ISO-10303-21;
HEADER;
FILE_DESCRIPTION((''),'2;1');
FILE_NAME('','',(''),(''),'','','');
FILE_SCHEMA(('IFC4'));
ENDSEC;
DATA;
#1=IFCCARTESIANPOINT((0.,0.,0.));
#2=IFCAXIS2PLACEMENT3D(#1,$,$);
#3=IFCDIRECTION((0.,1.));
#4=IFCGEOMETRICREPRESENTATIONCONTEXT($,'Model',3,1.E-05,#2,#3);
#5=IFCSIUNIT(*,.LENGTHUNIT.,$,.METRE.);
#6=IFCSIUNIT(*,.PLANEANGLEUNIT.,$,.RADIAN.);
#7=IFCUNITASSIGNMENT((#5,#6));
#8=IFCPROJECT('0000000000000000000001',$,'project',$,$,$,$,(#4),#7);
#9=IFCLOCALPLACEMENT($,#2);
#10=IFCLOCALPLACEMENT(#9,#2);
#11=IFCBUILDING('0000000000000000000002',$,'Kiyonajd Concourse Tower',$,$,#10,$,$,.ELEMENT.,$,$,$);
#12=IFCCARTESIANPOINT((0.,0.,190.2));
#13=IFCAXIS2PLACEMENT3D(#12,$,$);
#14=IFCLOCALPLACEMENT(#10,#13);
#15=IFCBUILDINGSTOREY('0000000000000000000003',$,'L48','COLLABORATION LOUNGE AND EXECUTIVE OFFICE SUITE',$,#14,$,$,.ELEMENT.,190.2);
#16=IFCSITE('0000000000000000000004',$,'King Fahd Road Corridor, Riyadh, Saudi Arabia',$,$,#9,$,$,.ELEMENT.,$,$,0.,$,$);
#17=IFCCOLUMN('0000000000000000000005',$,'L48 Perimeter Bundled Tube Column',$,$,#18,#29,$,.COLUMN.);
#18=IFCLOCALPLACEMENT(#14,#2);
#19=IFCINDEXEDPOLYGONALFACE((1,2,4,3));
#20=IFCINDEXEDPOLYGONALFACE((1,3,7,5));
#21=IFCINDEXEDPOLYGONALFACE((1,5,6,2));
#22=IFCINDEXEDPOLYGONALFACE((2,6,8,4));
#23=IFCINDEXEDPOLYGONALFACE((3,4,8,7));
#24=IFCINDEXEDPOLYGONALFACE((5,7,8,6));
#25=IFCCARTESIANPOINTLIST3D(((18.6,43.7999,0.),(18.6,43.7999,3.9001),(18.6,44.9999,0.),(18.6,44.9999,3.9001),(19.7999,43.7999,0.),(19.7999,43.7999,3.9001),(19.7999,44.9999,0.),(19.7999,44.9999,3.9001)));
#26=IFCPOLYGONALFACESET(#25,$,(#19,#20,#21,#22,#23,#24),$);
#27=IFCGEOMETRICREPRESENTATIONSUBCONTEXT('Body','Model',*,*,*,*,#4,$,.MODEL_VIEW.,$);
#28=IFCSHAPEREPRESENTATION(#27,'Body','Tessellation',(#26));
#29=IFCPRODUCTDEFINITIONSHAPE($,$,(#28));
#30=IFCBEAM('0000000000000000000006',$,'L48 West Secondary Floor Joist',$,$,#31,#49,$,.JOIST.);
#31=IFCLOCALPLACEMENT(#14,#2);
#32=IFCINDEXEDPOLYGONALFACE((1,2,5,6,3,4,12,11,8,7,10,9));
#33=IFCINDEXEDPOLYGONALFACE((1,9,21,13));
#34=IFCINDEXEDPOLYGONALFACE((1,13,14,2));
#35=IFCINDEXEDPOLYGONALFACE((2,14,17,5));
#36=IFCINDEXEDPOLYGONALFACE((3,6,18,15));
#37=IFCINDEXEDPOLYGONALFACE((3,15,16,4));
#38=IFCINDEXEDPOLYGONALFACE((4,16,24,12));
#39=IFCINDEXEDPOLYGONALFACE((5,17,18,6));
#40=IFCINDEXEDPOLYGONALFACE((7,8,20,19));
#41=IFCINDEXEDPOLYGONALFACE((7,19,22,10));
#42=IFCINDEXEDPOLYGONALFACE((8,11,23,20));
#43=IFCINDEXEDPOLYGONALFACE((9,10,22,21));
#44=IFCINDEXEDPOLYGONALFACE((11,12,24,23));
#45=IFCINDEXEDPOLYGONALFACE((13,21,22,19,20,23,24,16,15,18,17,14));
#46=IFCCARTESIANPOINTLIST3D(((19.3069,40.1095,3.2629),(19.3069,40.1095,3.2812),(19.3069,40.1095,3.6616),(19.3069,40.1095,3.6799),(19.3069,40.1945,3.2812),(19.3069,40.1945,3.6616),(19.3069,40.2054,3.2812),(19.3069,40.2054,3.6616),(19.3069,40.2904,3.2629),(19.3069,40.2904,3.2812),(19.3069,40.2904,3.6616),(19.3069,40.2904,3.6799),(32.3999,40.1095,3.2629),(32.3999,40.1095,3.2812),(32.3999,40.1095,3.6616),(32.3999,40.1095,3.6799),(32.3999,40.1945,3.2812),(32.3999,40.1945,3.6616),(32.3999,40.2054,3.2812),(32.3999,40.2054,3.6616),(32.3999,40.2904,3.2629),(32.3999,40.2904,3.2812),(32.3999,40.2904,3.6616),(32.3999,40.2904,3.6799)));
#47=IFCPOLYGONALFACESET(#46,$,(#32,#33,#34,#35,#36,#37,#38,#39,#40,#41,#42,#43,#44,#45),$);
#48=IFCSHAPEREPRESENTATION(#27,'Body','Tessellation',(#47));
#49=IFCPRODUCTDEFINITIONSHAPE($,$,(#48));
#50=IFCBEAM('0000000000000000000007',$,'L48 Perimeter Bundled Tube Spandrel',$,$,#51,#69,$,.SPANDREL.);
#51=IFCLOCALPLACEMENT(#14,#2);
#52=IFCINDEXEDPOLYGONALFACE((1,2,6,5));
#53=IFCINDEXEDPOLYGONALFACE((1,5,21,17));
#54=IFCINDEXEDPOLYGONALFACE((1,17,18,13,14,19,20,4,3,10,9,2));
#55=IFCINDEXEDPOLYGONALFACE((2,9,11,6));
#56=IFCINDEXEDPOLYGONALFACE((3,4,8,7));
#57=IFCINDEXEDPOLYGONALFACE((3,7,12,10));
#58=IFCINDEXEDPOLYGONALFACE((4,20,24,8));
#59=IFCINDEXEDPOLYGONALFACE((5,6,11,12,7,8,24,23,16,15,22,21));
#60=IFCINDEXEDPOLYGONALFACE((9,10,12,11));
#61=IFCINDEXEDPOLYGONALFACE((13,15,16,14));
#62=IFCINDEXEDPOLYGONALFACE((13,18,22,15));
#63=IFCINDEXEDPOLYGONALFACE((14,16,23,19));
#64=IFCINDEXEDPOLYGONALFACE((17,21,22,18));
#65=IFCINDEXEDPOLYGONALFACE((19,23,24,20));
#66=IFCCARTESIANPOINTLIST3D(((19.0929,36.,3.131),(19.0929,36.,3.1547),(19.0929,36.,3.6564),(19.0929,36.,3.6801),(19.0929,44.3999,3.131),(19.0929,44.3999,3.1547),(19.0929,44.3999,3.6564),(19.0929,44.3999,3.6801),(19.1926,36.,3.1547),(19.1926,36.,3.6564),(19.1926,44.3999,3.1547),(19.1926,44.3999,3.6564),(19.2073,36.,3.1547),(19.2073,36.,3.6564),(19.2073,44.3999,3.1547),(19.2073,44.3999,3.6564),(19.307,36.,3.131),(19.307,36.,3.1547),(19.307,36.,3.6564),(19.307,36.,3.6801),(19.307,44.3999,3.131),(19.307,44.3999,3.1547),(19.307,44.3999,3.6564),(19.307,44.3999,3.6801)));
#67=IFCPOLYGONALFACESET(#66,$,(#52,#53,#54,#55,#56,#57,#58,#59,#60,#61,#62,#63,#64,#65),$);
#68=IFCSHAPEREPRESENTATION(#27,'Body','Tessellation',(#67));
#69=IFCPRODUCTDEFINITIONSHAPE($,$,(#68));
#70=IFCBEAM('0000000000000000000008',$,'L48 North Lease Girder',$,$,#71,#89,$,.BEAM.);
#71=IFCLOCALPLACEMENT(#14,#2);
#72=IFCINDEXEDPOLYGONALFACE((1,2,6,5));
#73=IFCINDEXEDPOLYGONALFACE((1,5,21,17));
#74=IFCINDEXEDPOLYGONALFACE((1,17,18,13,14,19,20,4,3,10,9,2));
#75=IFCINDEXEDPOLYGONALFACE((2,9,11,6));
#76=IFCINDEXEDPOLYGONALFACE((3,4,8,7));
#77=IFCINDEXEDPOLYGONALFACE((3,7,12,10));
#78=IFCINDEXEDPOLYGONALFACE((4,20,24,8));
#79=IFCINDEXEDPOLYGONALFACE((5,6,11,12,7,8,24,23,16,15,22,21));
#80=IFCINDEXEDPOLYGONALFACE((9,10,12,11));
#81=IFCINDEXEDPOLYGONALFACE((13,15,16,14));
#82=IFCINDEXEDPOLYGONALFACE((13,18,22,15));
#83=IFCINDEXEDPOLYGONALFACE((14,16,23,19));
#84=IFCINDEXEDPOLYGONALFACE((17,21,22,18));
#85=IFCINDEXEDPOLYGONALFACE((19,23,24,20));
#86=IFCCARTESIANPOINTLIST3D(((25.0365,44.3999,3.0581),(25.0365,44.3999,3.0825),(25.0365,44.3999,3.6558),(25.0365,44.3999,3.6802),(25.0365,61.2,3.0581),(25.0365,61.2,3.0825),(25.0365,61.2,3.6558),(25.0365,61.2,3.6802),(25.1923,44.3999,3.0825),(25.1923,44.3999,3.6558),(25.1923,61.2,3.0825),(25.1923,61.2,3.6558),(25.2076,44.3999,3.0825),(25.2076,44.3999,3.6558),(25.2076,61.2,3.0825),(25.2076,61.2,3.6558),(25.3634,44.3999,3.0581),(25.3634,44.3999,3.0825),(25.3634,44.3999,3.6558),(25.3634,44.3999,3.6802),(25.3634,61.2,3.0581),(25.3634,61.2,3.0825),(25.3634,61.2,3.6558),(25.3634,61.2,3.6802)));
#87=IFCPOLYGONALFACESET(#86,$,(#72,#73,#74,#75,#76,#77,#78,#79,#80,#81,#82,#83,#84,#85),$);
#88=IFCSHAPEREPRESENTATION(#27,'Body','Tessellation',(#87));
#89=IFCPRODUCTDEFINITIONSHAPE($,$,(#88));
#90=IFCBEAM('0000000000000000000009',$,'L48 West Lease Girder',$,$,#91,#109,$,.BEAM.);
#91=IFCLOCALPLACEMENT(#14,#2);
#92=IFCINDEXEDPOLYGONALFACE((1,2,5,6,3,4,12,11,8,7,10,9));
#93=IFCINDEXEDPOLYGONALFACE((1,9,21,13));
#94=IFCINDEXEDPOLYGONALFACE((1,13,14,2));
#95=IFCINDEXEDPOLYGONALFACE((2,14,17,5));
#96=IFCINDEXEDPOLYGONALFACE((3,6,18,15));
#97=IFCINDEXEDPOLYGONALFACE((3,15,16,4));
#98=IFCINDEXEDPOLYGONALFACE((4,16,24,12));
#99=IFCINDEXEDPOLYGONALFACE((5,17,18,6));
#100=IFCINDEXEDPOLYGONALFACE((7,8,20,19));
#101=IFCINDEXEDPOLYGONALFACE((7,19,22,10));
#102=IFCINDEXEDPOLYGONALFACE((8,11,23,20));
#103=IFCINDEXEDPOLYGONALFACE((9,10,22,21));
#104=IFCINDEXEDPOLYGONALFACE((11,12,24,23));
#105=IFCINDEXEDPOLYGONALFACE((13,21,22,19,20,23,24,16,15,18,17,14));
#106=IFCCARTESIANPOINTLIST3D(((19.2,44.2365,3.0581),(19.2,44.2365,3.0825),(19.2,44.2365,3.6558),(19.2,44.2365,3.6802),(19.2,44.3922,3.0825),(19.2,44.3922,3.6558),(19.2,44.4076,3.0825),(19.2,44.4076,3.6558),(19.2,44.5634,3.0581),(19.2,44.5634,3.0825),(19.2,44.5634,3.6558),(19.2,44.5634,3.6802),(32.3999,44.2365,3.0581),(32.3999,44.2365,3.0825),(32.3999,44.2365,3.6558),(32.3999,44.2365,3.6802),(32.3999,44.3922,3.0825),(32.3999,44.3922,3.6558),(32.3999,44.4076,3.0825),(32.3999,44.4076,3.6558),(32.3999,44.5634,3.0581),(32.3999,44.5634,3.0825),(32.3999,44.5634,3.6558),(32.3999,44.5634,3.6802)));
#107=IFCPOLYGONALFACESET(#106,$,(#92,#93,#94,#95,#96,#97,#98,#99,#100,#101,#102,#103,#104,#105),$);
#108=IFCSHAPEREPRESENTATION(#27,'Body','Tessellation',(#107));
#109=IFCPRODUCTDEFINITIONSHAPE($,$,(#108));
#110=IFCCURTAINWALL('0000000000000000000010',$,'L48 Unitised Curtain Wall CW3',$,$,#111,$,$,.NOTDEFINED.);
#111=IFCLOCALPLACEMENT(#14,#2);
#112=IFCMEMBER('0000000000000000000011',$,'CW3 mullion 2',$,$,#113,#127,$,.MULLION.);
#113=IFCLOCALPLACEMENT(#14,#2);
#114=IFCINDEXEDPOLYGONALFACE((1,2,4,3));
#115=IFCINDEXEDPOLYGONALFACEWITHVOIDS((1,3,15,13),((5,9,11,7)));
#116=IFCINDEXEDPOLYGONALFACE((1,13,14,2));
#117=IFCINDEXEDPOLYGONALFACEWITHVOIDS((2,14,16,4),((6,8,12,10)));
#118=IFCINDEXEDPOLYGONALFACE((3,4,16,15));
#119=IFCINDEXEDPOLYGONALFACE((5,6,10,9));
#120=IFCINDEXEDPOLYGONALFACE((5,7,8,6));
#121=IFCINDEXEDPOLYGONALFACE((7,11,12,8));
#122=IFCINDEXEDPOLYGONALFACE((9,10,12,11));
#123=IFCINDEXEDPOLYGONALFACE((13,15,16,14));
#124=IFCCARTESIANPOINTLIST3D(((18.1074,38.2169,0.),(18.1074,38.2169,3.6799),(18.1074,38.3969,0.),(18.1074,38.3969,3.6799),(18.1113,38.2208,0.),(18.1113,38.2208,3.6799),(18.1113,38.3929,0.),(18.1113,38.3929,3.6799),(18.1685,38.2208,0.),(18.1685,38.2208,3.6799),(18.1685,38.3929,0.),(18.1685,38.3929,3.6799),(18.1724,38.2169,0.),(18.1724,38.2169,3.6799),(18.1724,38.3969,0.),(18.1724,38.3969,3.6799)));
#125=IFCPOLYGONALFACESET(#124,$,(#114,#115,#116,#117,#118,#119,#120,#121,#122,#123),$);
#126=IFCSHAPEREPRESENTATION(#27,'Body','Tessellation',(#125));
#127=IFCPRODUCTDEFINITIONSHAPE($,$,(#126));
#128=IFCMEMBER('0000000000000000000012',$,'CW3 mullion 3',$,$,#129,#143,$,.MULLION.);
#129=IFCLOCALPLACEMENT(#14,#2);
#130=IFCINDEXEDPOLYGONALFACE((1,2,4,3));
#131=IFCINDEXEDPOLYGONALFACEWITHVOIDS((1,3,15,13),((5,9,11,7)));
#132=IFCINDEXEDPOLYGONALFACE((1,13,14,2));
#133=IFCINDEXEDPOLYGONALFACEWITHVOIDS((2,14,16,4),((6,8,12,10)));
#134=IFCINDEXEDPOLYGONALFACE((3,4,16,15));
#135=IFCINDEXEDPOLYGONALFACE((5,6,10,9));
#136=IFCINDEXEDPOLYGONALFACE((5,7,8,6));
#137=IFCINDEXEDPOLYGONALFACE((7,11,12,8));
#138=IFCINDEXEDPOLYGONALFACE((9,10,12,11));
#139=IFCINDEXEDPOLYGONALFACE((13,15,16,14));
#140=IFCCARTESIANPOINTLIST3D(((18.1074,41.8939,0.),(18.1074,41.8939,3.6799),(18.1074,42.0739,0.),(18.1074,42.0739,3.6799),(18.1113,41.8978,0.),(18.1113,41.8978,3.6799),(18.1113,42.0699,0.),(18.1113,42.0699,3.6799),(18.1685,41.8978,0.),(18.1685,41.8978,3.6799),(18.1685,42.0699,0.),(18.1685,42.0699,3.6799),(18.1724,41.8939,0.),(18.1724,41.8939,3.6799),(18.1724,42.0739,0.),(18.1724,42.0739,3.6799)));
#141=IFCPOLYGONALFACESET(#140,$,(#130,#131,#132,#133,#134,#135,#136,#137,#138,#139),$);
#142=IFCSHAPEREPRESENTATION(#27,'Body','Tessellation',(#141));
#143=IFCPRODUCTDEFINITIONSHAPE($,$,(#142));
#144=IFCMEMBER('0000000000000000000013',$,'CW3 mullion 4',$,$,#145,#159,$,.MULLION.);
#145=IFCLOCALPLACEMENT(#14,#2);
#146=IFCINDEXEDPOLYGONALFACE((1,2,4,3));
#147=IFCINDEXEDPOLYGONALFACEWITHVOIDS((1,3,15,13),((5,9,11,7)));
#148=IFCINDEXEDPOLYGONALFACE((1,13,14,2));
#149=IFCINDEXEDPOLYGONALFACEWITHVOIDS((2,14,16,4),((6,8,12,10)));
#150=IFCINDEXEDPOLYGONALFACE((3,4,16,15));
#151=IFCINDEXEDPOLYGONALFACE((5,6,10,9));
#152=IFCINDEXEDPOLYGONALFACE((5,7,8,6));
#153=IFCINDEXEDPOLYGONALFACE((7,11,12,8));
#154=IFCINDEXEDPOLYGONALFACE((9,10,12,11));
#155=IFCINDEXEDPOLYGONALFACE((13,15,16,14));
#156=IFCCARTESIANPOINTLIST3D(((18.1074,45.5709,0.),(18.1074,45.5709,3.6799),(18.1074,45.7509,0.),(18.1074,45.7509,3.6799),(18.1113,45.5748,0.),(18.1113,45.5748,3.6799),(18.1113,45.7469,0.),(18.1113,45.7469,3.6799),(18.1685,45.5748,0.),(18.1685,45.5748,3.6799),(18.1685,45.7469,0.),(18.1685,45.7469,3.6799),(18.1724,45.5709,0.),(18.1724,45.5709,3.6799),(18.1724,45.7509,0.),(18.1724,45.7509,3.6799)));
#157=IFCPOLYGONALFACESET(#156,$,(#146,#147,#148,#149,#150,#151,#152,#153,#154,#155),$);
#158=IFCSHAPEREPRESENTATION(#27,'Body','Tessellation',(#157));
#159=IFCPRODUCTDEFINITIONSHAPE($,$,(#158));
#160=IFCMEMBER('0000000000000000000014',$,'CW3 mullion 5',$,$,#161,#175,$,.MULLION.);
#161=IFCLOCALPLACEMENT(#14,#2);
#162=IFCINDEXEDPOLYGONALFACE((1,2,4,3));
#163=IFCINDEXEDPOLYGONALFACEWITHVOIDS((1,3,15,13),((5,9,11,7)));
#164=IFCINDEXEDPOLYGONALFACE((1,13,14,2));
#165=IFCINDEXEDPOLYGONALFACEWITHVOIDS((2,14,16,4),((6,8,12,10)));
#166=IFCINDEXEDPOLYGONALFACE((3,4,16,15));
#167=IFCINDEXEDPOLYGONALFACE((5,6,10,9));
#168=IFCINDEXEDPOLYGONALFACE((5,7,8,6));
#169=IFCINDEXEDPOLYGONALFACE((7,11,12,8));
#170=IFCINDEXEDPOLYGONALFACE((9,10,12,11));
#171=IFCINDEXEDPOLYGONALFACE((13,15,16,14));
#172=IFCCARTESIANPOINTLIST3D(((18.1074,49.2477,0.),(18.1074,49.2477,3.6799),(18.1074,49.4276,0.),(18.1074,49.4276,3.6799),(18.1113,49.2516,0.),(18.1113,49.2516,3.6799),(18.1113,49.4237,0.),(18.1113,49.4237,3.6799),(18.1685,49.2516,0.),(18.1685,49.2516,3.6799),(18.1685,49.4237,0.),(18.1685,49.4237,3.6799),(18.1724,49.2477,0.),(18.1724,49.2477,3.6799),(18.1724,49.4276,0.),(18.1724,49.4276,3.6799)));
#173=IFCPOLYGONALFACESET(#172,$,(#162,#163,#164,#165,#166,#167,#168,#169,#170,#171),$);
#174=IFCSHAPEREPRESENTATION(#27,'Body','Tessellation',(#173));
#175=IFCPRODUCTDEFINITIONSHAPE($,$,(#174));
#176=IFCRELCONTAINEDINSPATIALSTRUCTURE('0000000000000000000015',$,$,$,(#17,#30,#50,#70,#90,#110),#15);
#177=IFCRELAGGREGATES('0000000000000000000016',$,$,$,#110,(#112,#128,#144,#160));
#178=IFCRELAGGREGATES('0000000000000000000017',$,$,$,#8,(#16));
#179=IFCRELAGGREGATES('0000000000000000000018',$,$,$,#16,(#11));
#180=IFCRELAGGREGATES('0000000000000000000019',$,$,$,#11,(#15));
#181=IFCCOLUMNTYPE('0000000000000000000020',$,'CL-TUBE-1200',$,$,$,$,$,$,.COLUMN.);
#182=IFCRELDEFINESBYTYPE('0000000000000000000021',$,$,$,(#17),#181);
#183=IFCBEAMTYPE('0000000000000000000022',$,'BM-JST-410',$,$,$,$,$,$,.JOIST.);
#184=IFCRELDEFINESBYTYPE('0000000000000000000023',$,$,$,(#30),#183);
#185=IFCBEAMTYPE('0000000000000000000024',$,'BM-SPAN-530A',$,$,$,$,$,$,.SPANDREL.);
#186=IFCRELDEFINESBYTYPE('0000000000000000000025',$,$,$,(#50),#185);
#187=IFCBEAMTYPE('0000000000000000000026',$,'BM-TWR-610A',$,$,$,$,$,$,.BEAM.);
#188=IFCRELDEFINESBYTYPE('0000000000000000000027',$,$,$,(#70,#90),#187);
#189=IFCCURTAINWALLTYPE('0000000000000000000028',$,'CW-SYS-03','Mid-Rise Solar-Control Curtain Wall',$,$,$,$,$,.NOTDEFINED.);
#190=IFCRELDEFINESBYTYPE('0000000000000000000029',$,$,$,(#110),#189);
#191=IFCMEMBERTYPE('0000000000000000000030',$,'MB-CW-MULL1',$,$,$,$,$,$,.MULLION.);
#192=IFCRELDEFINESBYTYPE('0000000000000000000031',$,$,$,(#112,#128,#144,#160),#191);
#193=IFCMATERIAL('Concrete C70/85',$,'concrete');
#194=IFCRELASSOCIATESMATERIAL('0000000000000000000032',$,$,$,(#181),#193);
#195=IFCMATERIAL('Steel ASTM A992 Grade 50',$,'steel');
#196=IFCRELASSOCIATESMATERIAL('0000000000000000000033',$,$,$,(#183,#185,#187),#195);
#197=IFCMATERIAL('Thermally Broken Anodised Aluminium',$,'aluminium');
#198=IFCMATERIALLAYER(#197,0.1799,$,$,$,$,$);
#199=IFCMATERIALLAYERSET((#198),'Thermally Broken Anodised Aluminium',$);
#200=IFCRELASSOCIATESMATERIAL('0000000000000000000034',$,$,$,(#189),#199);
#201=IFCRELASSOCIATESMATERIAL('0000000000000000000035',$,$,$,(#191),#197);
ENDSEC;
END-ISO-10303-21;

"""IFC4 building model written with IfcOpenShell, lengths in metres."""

from ifc_helpers import new_model, si_unit, direction, frame, origin, origin_2d, place, context, subcontext, project, spatial, rectangle, hollow_rectangle, i_section, extrude, material, layer, layer_set, material_profile, profile_set, type_object, element, aggregate, save


model = new_model("IFC4")

# Units and contexts
model_context = context("Model", 3, precision=1e-05, world=origin(), true_north=direction((0.0, 1.0)))
body_context = subcontext(model_context, "Body", "Model", "MODEL_VIEW")
ifc_project = project(units=[si_unit("LENGTHUNIT", "METRE"), si_unit("PLANEANGLEUNIT", "RADIAN")], contexts=[model_context])

# Site, building, storey
site_placement = place(None, origin())
site = spatial("IfcSite", under=ifc_project, at=site_placement, Name="King Fahd Road Corridor, Riyadh, Saudi Arabia", CompositionType="ELEMENT", RefElevation=0.0)
building_placement = place(site_placement, origin())
building = spatial("IfcBuilding", under=site, at=building_placement, Name="Kiyonajd Concourse Tower", CompositionType="ELEMENT")
storey_placement = place(building_placement, frame((0.0, 0.0, 190.2)))
storey = spatial("IfcBuildingStorey", under=building, at=storey_placement, Name="L48", Description="COLLABORATION LOUNGE AND EXECUTIVE OFFICE SUITE", CompositionType="ELEMENT", Elevation=190.2)

# Column
ifc_material_1 = material(Name="Concrete C70/85", Category="concrete")
ifc_material_profile_1 = material_profile(ifc_material_1, rectangle(XDim=1.2, YDim=1.2, at=origin_2d()), Name="RC-1200x1200")
ifc_profile_set_1 = profile_set([ifc_material_profile_1], Name="Concrete C70/85")
column_type = type_object("IfcColumnType", Name="CL-TUBE-1200", PredefinedType="COLUMN", material=ifc_profile_set_1)
column_placement = place(storey_placement, frame((19.2, 44.3999, 0.0), z_axis=(0.0, 0.0, 1.0), x_axis=(1.0, 0.0, 0.0)))
element("IfcColumn", 1, at=column_placement, inside=storey, type_object=column_type, Name="L48 Perimeter Bundled Tube Column", PredefinedType="COLUMN", context=body_context, shape_type="SweptSolid", body=[
    extrude(rectangle(XDim=1.2, YDim=1.2, at=origin_2d()), origin(), (0.0, 0.0, 1.0), 3.9001),
])

# Beams
ifc_material_2 = material(Name="Steel ASTM A992 Grade 50", Category="steel")
ifc_material_profile_2 = material_profile(ifc_material_2, i_section(OverallWidth=0.1809, OverallDepth=0.417, WebThickness=0.011, FlangeThickness=0.0183, at=origin_2d()), Name="W410X85")
ifc_profile_set_2 = profile_set([ifc_material_profile_2], Name="Steel ASTM A992 Grade 50")
beam_type_1 = type_object("IfcBeamType", Name="BM-JST-410", PredefinedType="JOIST", material=ifc_profile_set_2)
beam_1_placement = place(storey_placement, frame((19.3069, 40.2, 3.4714), z_axis=(1.0, 0.0, 0.0), x_axis=(0.0, 1.0, 0.0)))
element("IfcBeam", 2, at=beam_1_placement, inside=storey, type_object=beam_type_1, Name="L48 West Secondary Floor Joist", PredefinedType="JOIST", context=body_context, shape_type="SweptSolid", body=[
    extrude(i_section(OverallWidth=0.1809, OverallDepth=0.417, WebThickness=0.011, FlangeThickness=0.0183, at=origin_2d()), origin(), (0.0, 0.0, 1.0), 13.093),
])
ifc_material_profile_3 = material_profile(ifc_material_2, i_section(OverallWidth=0.2141, OverallDepth=0.5491, WebThickness=0.0146, FlangeThickness=0.0237, at=origin_2d()), Name="W530X138")
ifc_profile_set_3 = profile_set([ifc_material_profile_3], Name="Steel ASTM A992 Grade 50")
beam_type_2 = type_object("IfcBeamType", Name="BM-SPAN-530A", PredefinedType="SPANDREL", material=ifc_profile_set_3)
beam_2_placement = place(storey_placement, frame((19.2, 44.3999, 3.4055), z_axis=(0.0, -1.0, 0.0), x_axis=(1.0, 0.0, 0.0)))
element("IfcBeam", 3, at=beam_2_placement, inside=storey, type_object=beam_type_2, Name="L48 Perimeter Bundled Tube Spandrel", PredefinedType="SPANDREL", context=body_context, shape_type="SweptSolid", body=[
    extrude(i_section(OverallWidth=0.2141, OverallDepth=0.5491, WebThickness=0.0146, FlangeThickness=0.0237, at=origin_2d()), origin(), (0.0, 0.0, 1.0), 8.3999),
])
ifc_material_profile_4 = material_profile(ifc_material_2, i_section(OverallWidth=0.3269, OverallDepth=0.6221, WebThickness=0.0154, FlangeThickness=0.0244, at=origin_2d()), Name="W610X195")
ifc_profile_set_4 = profile_set([ifc_material_profile_4], Name="Steel ASTM A992 Grade 50")
beam_type_3 = type_object("IfcBeamType", Name="BM-TWR-610A", PredefinedType="BEAM", material=ifc_profile_set_4)
beam_3_placement = place(storey_placement, frame((25.2, 44.3999, 3.3691), z_axis=(0.0, 1.0, 0.0), x_axis=(-1.0, 0.0, 0.0)))
element("IfcBeam", 4, at=beam_3_placement, inside=storey, type_object=beam_type_3, Name="L48 North Lease Girder", PredefinedType="BEAM", context=body_context, shape_type="SweptSolid", body=[
    extrude(i_section(OverallWidth=0.3269, OverallDepth=0.6221, WebThickness=0.0154, FlangeThickness=0.0244, at=origin_2d()), origin(), (0.0, 0.0, 1.0), 16.8),
])
beam_4_placement = place(storey_placement, frame((19.2, 44.3999, 3.3691), z_axis=(1.0, 0.0, 0.0), x_axis=(0.0, 1.0, 0.0)))
element("IfcBeam", 5, at=beam_4_placement, inside=storey, type_object=beam_type_3, Name="L48 West Lease Girder", PredefinedType="BEAM", context=body_context, shape_type="SweptSolid", body=[
    extrude(i_section(OverallWidth=0.3269, OverallDepth=0.6221, WebThickness=0.0154, FlangeThickness=0.0244, at=origin_2d()), origin(), (0.0, 0.0, 1.0), 13.2),
])

# Curtain wall, members
ifc_material_3 = material(Name="Thermally Broken Anodised Aluminium", Category="aluminium")
ifc_layer_1 = layer(ifc_material_3, 0.1799)
ifc_layer_set_1 = layer_set([ifc_layer_1], Name="Thermally Broken Anodised Aluminium")
curtain_wall_type = type_object("IfcCurtainWallType", Name="CW-SYS-03", Description="Mid-Rise Solar-Control Curtain Wall", PredefinedType="NOTDEFINED", material=ifc_layer_set_1)
curtain_wall_placement = place(storey_placement, origin())
curtain_wall = element("IfcCurtainWall", 6, at=curtain_wall_placement, inside=storey, type_object=curtain_wall_type, Name="L48 Unitised Curtain Wall CW3", PredefinedType="NOTDEFINED")
ifc_material_profile_5 = material_profile(ifc_material_3, hollow_rectangle(XDim=0.0649, YDim=0.1799, WallThickness=0.0039, at=origin_2d()), Name="MULL-65x180")
ifc_profile_set_5 = profile_set([ifc_material_profile_5], Name="Thermally Broken Anodised Aluminium")
member_type_1 = type_object("IfcMemberType", Name="MB-CW-MULL1", PredefinedType="MULLION", material=ifc_profile_set_5)
member_1_placement = place(storey_placement, frame((18.1399, 38.3069, 0.0), z_axis=(0.0, 0.0, 1.0), x_axis=(-1.0, 0.0, 0.0)))
member_1 = element("IfcMember", 7, at=member_1_placement, type_object=member_type_1, Name="CW3 mullion 2", PredefinedType="MULLION", context=body_context, shape_type="SweptSolid", body=[
    extrude(hollow_rectangle(XDim=0.0649, YDim=0.1799, WallThickness=0.0039, at=origin_2d()), origin(), (0.0, 0.0, 1.0), 3.6799),
])
member_2_placement = place(storey_placement, frame((18.1399, 41.9839, 0.0), z_axis=(0.0, 0.0, 1.0), x_axis=(-1.0, 0.0, 0.0)))
member_2 = element("IfcMember", 8, at=member_2_placement, type_object=member_type_1, Name="CW3 mullion 3", PredefinedType="MULLION", context=body_context, shape_type="SweptSolid", body=[
    extrude(hollow_rectangle(XDim=0.0649, YDim=0.1799, WallThickness=0.0039, at=origin_2d()), origin(), (0.0, 0.0, 1.0), 3.6799),
])
member_3_placement = place(storey_placement, frame((18.1399, 45.6609, 0.0), z_axis=(0.0, 0.0, 1.0), x_axis=(-1.0, 0.0, 0.0)))
member_3 = element("IfcMember", 9, at=member_3_placement, type_object=member_type_1, Name="CW3 mullion 4", PredefinedType="MULLION", context=body_context, shape_type="SweptSolid", body=[
    extrude(hollow_rectangle(XDim=0.0649, YDim=0.1799, WallThickness=0.0039, at=origin_2d()), origin(), (0.0, 0.0, 1.0), 3.6799),
])
member_4_placement = place(storey_placement, frame((18.1399, 49.3376, 0.0), z_axis=(0.0, 0.0, 1.0), x_axis=(-1.0, 0.0, 0.0)))
member_4 = element("IfcMember", 10, at=member_4_placement, type_object=member_type_1, Name="CW3 mullion 5", PredefinedType="MULLION", context=body_context, shape_type="SweptSolid", body=[
    extrude(hollow_rectangle(XDim=0.0649, YDim=0.1799, WallThickness=0.0039, at=origin_2d()), origin(), (0.0, 0.0, 1.0), 3.6799),
])
aggregate(curtain_wall, [member_1, member_2, member_3, member_4])

save(model, "model.ifc")
